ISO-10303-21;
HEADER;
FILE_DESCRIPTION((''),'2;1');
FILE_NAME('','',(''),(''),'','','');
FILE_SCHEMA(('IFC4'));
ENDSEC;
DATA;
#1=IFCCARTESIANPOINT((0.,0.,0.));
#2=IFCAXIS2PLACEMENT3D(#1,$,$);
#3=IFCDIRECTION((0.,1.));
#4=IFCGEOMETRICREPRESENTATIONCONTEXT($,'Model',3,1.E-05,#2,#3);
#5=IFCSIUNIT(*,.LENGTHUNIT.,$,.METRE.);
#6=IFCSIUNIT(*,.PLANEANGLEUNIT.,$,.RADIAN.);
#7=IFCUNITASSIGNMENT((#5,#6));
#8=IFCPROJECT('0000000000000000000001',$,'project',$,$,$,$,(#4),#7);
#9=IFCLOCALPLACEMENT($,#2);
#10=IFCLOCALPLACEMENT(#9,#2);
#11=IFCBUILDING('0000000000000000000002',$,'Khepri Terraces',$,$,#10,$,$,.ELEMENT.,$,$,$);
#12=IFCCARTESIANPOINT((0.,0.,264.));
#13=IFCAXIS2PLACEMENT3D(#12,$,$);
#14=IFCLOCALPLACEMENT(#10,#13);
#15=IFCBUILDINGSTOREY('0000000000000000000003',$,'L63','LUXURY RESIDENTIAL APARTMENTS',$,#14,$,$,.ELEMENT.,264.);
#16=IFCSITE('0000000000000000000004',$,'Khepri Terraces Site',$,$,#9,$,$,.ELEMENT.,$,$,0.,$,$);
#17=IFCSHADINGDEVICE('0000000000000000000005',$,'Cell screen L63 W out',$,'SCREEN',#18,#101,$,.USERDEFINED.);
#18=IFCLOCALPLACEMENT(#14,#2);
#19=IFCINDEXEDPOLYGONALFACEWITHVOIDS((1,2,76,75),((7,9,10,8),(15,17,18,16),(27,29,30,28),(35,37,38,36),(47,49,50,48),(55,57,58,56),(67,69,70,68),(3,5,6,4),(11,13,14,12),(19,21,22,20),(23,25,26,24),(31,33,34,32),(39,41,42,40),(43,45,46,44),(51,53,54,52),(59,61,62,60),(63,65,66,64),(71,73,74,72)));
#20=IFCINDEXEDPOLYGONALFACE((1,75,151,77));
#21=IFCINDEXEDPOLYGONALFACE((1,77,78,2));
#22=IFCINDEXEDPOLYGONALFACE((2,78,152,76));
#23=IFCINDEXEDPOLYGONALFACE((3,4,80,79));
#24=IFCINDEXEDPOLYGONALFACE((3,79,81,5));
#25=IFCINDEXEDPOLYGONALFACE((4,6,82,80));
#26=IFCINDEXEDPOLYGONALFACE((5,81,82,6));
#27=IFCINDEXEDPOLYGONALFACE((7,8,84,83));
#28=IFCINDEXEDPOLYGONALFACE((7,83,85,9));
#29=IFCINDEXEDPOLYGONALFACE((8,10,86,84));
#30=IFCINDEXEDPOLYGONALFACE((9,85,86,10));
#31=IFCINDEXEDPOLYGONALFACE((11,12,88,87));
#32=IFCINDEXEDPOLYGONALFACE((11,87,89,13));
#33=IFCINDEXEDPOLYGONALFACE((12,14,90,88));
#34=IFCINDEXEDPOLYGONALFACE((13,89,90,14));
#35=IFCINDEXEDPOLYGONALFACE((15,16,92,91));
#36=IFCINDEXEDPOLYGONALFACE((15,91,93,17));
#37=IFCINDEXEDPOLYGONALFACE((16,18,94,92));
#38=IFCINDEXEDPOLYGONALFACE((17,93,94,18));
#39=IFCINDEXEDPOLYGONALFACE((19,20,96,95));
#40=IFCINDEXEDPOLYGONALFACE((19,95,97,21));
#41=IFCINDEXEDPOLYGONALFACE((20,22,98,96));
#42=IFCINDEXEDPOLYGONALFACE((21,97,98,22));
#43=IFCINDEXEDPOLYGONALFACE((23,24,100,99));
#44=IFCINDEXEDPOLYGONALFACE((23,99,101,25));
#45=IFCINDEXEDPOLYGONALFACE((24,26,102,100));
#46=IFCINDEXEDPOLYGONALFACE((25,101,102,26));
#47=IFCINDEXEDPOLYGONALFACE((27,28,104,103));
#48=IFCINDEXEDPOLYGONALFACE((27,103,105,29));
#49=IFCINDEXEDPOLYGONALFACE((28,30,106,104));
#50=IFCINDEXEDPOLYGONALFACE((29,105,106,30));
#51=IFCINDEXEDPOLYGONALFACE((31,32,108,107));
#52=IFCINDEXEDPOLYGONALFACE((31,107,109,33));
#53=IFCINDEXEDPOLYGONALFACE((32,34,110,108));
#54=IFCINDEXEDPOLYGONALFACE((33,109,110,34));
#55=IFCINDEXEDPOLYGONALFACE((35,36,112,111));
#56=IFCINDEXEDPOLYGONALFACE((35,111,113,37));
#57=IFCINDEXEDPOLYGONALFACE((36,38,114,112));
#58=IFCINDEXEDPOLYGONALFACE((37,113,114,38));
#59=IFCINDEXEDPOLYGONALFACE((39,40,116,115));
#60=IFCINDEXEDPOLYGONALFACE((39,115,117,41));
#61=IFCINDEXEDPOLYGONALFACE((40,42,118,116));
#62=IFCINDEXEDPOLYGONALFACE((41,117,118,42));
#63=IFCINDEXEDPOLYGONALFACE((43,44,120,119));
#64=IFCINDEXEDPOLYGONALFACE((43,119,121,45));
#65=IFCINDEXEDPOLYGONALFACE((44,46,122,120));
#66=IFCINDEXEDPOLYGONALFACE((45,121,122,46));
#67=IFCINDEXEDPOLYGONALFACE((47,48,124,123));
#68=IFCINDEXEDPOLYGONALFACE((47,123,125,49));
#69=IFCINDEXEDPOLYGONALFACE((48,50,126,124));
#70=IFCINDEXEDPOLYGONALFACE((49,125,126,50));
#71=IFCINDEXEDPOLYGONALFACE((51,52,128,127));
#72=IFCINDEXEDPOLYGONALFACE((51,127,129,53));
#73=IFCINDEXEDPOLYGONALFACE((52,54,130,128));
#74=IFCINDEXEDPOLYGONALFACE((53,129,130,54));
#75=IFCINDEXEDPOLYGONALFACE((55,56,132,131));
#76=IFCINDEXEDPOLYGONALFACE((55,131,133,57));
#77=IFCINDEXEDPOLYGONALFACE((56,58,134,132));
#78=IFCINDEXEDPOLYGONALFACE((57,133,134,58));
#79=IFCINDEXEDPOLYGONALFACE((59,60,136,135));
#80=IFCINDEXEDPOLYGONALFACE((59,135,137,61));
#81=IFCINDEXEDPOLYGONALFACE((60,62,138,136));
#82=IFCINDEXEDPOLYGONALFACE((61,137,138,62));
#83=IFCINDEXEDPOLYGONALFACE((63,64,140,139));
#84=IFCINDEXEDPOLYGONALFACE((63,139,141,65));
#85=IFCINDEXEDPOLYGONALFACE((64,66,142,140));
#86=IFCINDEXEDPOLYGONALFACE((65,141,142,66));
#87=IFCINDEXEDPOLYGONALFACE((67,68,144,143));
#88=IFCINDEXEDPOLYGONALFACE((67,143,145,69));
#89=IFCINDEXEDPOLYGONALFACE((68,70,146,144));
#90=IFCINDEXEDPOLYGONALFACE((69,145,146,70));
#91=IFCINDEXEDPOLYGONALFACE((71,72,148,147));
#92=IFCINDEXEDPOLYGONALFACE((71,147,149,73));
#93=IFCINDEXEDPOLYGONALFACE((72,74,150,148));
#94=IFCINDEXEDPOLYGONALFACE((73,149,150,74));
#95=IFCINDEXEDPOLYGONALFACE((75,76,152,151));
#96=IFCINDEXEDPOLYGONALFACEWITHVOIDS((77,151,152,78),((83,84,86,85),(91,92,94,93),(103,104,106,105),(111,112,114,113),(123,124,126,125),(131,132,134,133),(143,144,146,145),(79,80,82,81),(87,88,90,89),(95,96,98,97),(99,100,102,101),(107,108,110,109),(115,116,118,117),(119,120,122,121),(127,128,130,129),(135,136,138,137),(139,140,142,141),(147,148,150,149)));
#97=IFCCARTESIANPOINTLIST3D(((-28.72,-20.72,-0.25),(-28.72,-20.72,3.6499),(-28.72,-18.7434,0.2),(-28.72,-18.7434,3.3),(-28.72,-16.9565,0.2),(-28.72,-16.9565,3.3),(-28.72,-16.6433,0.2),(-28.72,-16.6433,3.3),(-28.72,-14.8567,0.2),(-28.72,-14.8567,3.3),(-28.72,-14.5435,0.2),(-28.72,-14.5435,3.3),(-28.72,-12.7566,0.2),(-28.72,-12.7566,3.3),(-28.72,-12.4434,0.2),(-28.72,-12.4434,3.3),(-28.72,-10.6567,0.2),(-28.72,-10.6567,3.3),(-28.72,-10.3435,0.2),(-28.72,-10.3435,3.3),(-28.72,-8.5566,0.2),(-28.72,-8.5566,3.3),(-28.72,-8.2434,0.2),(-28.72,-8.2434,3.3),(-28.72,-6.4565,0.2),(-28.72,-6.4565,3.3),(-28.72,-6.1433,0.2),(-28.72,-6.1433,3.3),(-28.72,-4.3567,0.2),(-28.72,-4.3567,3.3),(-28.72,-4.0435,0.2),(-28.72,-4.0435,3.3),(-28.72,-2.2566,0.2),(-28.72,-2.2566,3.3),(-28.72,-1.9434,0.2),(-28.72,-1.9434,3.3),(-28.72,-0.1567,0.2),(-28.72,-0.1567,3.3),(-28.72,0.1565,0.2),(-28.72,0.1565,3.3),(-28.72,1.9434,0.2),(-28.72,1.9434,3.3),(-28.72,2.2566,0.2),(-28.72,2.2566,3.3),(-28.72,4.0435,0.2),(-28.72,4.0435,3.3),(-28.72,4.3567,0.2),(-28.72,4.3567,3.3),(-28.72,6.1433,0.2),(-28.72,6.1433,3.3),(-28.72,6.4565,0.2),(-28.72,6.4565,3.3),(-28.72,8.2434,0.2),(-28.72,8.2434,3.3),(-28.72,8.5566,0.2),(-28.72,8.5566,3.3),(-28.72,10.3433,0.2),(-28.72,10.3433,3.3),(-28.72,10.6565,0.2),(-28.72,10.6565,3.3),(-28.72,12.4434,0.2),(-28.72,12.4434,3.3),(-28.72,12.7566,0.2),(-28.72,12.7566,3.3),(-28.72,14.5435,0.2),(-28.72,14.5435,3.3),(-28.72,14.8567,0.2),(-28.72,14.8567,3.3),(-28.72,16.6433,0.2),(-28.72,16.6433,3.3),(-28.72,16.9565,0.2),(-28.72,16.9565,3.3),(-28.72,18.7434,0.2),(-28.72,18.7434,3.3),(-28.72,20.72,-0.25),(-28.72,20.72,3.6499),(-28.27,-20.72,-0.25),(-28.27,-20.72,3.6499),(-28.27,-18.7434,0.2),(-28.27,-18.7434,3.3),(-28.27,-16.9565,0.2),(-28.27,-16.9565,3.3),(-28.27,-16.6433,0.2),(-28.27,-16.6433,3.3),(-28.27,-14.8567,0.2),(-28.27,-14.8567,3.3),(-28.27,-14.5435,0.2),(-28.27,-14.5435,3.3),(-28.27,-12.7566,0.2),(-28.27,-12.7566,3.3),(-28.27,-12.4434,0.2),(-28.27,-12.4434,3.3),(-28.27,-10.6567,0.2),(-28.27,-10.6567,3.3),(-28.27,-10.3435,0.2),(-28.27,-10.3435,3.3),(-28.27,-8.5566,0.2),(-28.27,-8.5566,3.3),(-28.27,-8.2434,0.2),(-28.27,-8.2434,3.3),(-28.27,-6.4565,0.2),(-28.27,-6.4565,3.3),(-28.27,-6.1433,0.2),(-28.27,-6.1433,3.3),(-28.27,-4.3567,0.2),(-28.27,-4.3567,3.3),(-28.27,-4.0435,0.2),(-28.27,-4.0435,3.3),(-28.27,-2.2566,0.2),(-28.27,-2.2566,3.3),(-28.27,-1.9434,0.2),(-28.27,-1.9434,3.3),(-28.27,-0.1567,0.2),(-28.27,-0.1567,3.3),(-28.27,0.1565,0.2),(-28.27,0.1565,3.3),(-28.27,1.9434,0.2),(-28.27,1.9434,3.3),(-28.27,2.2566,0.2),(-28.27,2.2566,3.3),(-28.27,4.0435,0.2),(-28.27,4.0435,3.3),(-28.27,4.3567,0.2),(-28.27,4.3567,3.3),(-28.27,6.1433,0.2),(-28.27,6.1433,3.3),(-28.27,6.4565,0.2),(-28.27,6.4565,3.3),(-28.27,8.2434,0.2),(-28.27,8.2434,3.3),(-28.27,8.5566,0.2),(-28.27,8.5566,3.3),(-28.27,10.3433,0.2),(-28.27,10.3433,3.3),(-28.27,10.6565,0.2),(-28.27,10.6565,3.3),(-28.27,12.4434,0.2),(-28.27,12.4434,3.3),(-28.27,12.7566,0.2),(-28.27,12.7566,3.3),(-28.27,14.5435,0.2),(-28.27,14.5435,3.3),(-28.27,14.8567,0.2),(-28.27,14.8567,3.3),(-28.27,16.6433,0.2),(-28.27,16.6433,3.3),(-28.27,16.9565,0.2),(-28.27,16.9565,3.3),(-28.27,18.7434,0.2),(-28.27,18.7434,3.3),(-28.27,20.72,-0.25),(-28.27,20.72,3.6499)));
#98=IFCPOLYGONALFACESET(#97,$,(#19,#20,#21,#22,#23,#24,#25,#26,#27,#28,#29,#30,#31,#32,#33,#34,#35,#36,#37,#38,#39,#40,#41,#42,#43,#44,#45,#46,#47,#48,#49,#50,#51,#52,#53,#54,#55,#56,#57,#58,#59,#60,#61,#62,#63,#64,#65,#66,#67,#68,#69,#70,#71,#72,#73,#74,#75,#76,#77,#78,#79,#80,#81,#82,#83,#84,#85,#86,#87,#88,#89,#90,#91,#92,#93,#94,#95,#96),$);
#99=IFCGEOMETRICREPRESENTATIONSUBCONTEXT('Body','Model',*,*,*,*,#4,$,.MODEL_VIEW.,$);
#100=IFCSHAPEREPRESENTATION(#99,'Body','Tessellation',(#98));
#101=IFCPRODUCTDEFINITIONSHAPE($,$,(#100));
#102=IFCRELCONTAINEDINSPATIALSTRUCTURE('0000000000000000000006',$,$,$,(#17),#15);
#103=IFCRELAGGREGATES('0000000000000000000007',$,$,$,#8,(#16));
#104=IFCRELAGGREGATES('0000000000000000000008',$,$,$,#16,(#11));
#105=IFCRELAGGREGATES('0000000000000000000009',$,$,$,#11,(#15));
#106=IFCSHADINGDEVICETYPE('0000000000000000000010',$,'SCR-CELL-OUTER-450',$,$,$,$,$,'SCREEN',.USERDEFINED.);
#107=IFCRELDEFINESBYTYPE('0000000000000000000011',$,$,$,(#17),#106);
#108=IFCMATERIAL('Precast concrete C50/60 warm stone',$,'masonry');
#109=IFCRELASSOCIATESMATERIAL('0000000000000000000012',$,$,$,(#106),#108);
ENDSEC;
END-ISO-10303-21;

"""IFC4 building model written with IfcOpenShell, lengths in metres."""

from ifc_helpers import new_model, si_unit, direction, frame, origin, place, context, subcontext, project, spatial, polyline, outline, extrude, material, type_object, element, save


model = new_model("IFC4")

# Units and contexts
model_context = context("Model", 3, precision=1e-05, world=origin(), true_north=direction((0.0, 1.0)))
body_context = subcontext(model_context, "Body", "Model", "MODEL_VIEW")
ifc_project = project(units=[si_unit("LENGTHUNIT", "METRE"), si_unit("PLANEANGLEUNIT", "RADIAN")], contexts=[model_context])

# Site, building, storey
site_placement = place(None, origin())
site = spatial("IfcSite", under=ifc_project, at=site_placement, Name="Khepri Terraces Site", CompositionType="ELEMENT", RefElevation=0.0)
building_placement = place(site_placement, origin())
building = spatial("IfcBuilding", under=site, at=building_placement, Name="Khepri Terraces", CompositionType="ELEMENT")
storey_placement = place(building_placement, frame((0.0, 0.0, 264.0)))
storey = spatial("IfcBuildingStorey", under=building, at=storey_placement, Name="L63", Description="LUXURY RESIDENTIAL APARTMENTS", CompositionType="ELEMENT", Elevation=264.0)

# Shared definitions
ifc_material_1 = material(Name="Precast concrete C50/60 warm stone", Category="masonry")

# Shading device
shading_device_type_1 = type_object("IfcShadingDeviceType", Name="SCR-CELL-OUTER-450", ElementType="SCREEN", PredefinedType="USERDEFINED", material=ifc_material_1)
shading_device_1_placement = place(storey_placement, frame((-28.27, 20.72, -0.25), z_axis=(-1.0, 0.0, 0.0), x_axis=(0.0, -1.0, 0.0)))
element("IfcShadingDevice", 1, at=shading_device_1_placement, inside=storey, type_object=shading_device_type_1, Name="Cell screen L63 W out", ObjectType="SCREEN", PredefinedType="USERDEFINED", context=body_context, shape_type="SweptSolid", body=[
    extrude(outline(polyline([(0.0, 0.0), (41.4399, 0.0), (41.4399, 3.8999), (0.0, 3.8999), (0.0, 0.0)]), holes=[polyline([(1.9766, 0.45), (3.7634, 0.45), (3.7634, 3.55), (1.9766, 3.55), (1.9766, 0.45)]), polyline([(4.0767, 0.45), (5.8633, 0.45), (5.8633, 3.55), (4.0767, 3.55), (4.0767, 0.45)]), polyline([(6.1765, 0.45), (7.9634, 0.45), (7.9634, 3.55), (6.1765, 3.55), (6.1765, 0.45)]), polyline([(8.2766, 0.45), (10.0635, 0.45), (10.0635, 3.55), (8.2766, 3.55), (8.2766, 0.45)]), polyline([(10.3767, 0.45), (12.1633, 0.45), (12.1633, 3.55), (10.3767, 3.55), (10.3767, 0.45)]), polyline([(12.4766, 0.45), (14.2634, 0.45), (14.2634, 3.55), (12.4766, 3.55), (12.4766, 0.45)]), polyline([(14.5767, 0.45), (16.3633, 0.45), (16.3633, 3.55), (14.5767, 3.55), (14.5767, 0.45)]), polyline([(16.6765, 0.45), (18.4634, 0.45), (18.4634, 3.55), (16.6765, 3.55), (16.6765, 0.45)]), polyline([(18.7766, 0.45), (20.5635, 0.45), (20.5635, 3.55), (18.7766, 3.55), (18.7766, 0.45)]), polyline([(20.8767, 0.45), (22.6633, 0.45), (22.6633, 3.55), (20.8767, 3.55), (20.8767, 0.45)]), polyline([(22.9766, 0.45), (24.7634, 0.45), (24.7634, 3.55), (22.9766, 3.55), (22.9766, 0.45)]), polyline([(25.0767, 0.45), (26.8633, 0.45), (26.8633, 3.55), (25.0767, 3.55), (25.0767, 0.45)]), polyline([(27.1765, 0.45), (28.9634, 0.45), (28.9634, 3.55), (27.1765, 3.55), (27.1765, 0.45)]), polyline([(29.2766, 0.45), (31.0635, 0.45), (31.0635, 3.55), (29.2766, 3.55), (29.2766, 0.45)]), polyline([(31.3767, 0.45), (33.1633, 0.45), (33.1633, 3.55), (31.3767, 3.55), (31.3767, 0.45)]), polyline([(33.4766, 0.45), (35.2634, 0.45), (35.2634, 3.55), (33.4766, 3.55), (33.4766, 0.45)]), polyline([(35.5767, 0.45), (37.3633, 0.45), (37.3633, 3.55), (35.5767, 3.55), (35.5767, 0.45)]), polyline([(37.6765, 0.45), (39.4634, 0.45), (39.4634, 3.55), (37.6765, 3.55), (37.6765, 0.45)])]), origin(), (0.0, 0.0, 1.0), 0.45),
])

save(model, "model.ifc")
